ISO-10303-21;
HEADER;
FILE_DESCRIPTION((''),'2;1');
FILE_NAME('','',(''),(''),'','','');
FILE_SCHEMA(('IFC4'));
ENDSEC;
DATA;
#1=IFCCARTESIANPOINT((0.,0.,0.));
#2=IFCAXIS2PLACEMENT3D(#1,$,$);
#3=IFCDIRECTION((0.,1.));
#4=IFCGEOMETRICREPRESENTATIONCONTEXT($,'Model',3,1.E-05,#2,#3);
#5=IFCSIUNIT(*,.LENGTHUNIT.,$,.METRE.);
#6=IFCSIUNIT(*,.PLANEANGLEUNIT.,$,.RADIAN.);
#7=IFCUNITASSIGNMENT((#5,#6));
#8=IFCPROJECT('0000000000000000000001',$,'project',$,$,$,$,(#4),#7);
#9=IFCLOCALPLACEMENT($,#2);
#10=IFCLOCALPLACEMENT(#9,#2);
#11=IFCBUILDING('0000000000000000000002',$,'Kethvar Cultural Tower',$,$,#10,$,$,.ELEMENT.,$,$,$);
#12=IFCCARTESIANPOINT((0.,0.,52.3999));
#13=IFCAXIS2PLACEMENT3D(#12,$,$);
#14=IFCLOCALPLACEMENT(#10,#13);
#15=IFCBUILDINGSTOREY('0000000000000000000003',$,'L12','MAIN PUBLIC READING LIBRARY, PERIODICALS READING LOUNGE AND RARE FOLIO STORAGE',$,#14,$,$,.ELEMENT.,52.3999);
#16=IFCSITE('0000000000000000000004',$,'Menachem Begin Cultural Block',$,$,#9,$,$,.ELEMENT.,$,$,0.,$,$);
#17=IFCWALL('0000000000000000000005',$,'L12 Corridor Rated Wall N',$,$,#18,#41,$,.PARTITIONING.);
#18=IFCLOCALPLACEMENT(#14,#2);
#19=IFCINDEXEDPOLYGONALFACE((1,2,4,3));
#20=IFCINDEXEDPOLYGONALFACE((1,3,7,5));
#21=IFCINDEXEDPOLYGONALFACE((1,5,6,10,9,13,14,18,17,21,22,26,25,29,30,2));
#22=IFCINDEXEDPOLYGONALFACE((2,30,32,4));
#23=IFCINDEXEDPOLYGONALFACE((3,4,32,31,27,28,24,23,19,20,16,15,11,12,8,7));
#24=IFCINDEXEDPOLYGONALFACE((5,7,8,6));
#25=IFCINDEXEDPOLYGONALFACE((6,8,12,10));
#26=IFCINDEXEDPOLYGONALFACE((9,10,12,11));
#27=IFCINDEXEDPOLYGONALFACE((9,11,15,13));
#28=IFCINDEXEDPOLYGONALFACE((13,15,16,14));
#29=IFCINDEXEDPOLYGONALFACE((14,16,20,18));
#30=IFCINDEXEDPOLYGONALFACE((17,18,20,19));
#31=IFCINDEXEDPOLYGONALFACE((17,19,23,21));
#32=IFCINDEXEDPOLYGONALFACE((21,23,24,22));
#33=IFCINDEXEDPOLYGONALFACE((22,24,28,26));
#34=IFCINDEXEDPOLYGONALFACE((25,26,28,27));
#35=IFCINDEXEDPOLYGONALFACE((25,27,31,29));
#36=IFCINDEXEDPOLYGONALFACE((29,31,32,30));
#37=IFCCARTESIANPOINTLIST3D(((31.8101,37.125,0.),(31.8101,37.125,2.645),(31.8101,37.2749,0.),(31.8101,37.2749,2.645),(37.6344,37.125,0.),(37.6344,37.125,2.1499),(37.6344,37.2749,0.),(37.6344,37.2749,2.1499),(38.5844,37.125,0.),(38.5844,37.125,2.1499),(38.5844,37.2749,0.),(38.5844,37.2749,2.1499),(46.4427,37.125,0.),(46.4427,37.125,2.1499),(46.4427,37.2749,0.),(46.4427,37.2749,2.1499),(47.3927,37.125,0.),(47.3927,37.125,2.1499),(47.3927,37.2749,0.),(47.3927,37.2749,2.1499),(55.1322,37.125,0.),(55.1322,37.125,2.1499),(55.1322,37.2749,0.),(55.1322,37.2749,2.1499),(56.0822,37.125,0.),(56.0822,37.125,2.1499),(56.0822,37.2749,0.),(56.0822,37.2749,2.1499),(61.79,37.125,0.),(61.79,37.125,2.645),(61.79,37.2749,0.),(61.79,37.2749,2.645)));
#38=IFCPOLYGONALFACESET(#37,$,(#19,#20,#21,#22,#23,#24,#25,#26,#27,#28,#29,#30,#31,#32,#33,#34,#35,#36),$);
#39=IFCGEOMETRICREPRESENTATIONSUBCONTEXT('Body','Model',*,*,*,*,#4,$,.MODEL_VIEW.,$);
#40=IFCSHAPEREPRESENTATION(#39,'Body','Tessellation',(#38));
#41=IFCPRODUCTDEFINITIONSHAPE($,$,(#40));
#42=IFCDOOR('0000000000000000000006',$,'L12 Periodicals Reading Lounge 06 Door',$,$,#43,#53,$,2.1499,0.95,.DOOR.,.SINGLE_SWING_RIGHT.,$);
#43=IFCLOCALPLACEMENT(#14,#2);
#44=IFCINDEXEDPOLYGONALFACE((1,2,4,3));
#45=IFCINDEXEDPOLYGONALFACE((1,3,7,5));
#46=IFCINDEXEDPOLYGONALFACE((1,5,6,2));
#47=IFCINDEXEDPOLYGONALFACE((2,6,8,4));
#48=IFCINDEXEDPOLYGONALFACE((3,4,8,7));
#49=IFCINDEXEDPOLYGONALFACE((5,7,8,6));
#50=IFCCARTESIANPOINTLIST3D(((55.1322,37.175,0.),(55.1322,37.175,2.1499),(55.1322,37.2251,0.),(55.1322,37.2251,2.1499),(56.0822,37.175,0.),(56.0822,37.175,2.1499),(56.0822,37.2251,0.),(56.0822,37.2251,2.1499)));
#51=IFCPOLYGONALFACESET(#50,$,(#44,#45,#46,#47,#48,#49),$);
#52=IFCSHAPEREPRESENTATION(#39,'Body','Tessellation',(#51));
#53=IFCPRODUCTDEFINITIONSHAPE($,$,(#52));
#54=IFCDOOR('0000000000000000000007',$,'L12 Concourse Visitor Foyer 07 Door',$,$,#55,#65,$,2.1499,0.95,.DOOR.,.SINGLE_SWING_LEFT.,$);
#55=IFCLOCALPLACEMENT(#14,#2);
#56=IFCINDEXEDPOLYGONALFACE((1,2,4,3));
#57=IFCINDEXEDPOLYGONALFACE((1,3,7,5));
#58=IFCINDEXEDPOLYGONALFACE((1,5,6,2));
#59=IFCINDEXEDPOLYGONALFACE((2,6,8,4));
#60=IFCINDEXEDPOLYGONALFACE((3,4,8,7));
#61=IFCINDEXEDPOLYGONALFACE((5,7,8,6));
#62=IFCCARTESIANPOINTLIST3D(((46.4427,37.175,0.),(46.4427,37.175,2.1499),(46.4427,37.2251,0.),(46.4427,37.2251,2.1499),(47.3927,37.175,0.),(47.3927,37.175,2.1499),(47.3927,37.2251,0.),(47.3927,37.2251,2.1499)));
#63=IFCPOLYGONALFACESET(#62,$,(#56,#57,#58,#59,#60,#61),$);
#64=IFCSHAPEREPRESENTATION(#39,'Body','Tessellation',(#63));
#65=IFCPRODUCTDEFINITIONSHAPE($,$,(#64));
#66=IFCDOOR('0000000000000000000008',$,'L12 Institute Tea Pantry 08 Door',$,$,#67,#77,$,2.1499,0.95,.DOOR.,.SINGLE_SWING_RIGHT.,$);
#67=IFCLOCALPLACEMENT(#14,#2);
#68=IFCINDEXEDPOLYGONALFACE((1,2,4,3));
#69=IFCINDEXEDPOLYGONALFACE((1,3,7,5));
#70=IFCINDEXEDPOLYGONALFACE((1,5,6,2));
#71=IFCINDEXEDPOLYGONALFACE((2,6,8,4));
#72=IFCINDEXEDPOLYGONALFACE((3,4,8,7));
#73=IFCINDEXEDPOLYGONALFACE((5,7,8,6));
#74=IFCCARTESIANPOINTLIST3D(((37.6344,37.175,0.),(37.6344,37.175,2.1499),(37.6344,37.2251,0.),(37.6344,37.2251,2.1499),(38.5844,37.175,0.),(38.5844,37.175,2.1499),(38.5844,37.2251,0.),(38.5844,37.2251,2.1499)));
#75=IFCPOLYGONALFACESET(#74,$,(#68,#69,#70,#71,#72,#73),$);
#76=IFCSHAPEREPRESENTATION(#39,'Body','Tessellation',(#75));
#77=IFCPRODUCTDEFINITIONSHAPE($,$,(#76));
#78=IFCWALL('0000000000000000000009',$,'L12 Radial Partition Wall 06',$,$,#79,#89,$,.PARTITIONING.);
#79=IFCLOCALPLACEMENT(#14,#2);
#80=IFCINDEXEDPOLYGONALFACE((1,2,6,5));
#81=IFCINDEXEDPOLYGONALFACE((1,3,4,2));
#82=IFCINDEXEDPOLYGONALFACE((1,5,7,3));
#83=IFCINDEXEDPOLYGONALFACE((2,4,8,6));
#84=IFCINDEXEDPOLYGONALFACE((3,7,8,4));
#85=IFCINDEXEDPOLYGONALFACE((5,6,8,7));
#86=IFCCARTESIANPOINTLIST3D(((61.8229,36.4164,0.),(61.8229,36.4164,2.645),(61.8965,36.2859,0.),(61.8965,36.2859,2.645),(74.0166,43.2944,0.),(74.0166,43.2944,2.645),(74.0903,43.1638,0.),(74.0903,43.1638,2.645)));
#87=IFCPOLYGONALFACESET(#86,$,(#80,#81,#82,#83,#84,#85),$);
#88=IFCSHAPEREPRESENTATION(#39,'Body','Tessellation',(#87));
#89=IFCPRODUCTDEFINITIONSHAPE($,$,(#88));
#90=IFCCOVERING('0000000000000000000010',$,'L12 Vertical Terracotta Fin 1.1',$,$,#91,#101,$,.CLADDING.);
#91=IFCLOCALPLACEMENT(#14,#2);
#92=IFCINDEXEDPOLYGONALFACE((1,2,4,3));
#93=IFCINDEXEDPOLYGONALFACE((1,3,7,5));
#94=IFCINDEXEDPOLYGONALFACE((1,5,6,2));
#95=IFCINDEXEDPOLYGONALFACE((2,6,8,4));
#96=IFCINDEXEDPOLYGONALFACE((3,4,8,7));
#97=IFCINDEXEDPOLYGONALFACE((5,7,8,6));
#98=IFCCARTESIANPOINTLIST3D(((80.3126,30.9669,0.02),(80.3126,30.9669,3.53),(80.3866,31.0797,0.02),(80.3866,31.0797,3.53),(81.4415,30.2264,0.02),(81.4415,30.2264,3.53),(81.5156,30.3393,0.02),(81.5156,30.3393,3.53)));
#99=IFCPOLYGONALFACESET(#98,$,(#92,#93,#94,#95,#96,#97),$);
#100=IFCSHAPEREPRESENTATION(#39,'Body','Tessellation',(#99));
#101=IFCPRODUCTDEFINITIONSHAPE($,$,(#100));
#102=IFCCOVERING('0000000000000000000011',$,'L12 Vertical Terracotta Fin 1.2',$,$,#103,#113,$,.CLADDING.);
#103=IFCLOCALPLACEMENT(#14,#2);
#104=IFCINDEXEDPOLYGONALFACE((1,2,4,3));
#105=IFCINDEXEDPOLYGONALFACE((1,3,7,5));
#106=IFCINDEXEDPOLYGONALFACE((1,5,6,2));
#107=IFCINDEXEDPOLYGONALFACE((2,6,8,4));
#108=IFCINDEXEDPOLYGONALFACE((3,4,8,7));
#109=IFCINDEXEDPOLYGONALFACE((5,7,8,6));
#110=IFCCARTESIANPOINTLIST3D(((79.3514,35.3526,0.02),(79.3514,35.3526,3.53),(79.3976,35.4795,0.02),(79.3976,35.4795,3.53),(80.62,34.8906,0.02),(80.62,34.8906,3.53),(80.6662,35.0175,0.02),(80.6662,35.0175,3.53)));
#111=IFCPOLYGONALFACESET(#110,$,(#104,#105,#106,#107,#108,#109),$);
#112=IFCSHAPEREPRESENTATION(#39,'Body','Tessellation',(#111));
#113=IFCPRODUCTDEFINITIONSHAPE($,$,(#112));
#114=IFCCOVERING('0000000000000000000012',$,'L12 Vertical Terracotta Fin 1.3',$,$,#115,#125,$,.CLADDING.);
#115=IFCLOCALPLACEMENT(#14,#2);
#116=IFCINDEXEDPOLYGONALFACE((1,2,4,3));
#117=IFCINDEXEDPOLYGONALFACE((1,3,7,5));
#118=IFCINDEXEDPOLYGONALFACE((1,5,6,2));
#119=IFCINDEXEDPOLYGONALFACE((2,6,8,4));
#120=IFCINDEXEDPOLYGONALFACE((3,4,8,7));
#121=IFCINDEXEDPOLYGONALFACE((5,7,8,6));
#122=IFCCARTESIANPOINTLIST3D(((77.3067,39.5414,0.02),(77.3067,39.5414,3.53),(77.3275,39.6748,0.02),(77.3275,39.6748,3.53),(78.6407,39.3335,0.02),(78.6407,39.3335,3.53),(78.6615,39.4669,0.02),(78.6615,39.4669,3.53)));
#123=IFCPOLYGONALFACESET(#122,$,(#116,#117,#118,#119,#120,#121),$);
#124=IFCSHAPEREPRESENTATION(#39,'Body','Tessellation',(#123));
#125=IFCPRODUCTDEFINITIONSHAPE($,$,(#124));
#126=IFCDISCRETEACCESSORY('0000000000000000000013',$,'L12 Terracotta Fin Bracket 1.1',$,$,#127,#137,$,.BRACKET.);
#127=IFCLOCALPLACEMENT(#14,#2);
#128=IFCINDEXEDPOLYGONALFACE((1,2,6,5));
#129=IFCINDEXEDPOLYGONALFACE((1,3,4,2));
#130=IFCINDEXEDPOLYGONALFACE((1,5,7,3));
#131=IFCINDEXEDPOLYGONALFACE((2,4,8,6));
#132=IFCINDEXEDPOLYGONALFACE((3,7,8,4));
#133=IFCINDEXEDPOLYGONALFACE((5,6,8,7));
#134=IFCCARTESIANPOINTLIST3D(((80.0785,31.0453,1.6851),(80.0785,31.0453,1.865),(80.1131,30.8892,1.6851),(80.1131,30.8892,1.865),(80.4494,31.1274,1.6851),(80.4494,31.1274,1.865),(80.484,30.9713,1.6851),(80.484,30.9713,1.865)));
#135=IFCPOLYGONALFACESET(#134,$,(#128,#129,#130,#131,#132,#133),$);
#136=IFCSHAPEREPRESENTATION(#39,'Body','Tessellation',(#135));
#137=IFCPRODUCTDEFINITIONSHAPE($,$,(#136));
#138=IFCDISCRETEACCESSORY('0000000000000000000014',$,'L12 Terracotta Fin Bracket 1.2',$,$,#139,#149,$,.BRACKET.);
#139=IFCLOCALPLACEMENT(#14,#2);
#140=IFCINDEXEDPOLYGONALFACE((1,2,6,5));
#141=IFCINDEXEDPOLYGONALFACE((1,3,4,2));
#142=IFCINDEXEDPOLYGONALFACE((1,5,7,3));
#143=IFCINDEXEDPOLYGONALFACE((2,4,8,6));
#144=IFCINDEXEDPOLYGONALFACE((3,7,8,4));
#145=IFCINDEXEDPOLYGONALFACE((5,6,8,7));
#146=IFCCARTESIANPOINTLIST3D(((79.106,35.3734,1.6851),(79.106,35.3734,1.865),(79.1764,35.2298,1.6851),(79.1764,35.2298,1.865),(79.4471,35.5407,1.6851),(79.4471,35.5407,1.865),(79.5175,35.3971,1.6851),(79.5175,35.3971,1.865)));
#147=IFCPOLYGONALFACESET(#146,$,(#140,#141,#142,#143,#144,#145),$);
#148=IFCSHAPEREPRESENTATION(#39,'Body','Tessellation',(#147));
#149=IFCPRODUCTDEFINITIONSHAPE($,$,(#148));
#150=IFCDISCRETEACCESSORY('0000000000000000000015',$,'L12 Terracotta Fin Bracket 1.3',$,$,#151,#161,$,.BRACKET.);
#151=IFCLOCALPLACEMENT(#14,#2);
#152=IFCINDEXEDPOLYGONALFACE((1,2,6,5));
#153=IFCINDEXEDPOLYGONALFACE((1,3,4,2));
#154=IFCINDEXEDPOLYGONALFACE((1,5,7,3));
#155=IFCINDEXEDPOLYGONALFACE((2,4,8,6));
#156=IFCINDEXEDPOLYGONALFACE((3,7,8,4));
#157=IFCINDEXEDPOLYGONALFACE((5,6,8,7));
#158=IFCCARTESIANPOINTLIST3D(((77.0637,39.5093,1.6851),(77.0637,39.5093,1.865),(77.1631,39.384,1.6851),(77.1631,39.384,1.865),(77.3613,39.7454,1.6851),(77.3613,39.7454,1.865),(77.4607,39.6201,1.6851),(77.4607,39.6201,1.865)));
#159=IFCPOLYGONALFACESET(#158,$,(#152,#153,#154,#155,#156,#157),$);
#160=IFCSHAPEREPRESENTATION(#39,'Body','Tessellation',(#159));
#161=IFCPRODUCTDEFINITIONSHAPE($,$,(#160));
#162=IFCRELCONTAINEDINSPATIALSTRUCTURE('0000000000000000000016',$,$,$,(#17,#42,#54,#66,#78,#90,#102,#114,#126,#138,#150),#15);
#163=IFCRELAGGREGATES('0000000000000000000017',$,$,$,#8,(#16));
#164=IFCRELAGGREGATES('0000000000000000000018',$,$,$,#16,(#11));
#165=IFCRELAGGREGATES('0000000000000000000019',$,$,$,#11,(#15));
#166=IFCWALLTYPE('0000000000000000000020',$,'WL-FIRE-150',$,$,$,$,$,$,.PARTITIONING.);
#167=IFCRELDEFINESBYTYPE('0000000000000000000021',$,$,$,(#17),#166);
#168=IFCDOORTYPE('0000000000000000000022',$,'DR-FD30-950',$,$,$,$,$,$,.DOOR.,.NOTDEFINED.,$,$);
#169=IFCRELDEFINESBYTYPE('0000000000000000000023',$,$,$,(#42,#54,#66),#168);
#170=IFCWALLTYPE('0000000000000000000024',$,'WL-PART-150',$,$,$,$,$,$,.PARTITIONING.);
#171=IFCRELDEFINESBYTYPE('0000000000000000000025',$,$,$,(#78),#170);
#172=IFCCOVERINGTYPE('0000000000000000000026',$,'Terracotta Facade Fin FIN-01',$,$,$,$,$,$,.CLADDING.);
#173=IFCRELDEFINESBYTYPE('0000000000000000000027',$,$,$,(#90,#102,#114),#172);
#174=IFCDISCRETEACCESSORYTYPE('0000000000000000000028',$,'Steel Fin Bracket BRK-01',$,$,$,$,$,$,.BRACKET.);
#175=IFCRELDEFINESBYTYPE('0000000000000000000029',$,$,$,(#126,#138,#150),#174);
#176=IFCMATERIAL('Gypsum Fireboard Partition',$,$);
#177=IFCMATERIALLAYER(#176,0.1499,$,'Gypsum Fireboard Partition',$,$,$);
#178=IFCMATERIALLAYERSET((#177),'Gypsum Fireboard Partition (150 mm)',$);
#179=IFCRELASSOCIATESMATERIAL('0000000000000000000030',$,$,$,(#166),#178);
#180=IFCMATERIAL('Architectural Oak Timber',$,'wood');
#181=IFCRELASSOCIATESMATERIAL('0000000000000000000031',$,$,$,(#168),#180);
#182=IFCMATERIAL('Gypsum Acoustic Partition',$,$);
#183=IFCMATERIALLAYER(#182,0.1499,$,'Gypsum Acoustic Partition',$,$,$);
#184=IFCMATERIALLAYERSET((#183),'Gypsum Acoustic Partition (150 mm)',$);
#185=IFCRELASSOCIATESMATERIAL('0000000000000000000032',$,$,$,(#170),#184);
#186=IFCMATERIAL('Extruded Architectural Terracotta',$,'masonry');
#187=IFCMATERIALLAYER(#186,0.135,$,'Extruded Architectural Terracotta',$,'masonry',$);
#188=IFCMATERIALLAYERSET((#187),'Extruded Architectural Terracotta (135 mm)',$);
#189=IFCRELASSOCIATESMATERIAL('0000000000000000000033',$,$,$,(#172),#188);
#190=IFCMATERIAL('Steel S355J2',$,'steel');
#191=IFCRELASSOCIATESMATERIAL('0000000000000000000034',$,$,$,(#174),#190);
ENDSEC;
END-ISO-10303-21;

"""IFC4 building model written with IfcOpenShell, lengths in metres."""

from ifc_helpers import new_model, si_unit, direction, frame, frame_2d, origin, origin_2d, place, context, subcontext, project, spatial, rectangle, extrude, source, transform, mapped, material, layer, layer_set, type_object, element, fill, save


model = new_model("IFC4")

# Units and contexts
model_context = context("Model", 3, precision=1e-05, world=origin(), true_north=direction((0.0, 1.0)))
body_context = subcontext(model_context, "Body", "Model", "MODEL_VIEW")
ifc_project = project(units=[si_unit("LENGTHUNIT", "METRE"), si_unit("PLANEANGLEUNIT", "RADIAN")], contexts=[model_context])

# Site, building, storey
site_placement = place(None, origin())
site = spatial("IfcSite", under=ifc_project, at=site_placement, Name="Menachem Begin Cultural Block", CompositionType="ELEMENT", RefElevation=0.0)
building_placement = place(site_placement, origin())
building = spatial("IfcBuilding", under=site, at=building_placement, Name="Kethvar Cultural Tower", CompositionType="ELEMENT")
storey_placement = place(building_placement, frame((0.0, 0.0, 52.3999)))
storey = spatial("IfcBuildingStorey", under=building, at=storey_placement, Name="L12", Description="MAIN PUBLIC READING LIBRARY, PERIODICALS READING LOUNGE AND RARE FOLIO STORAGE", CompositionType="ELEMENT", Elevation=52.3999)

# Shared definitions
ifc_material_1 = material(Name="Steel S355J2", Category="steel")

# Wall, openings, doors
ifc_material_2 = material(Name="Gypsum Fireboard Partition")
ifc_layer_1 = layer(ifc_material_2, 0.1499, Name="Gypsum Fireboard Partition")
ifc_layer_set_1 = layer_set([ifc_layer_1], Name="Gypsum Fireboard Partition (150 mm)")
wall_type_1 = type_object("IfcWallType", Name="WL-FIRE-150", PredefinedType="PARTITIONING", material=ifc_layer_set_1)
wall_1_placement = place(storey_placement, frame((61.79, 37.2, 0.0), z_axis=(0.0, 0.0, 1.0), x_axis=(-1.0, 0.0, 0.0)))
wall_1 = element("IfcWall", 1, at=wall_1_placement, inside=storey, type_object=wall_type_1, Name="L12 Corridor Rated Wall N", PredefinedType="PARTITIONING", context=body_context, shape_type="SweptSolid", body=[
    extrude(rectangle(XDim=29.98, YDim=0.1499, at=frame_2d((14.99, 0.0))), origin(), (0.0, 0.0, 1.0), 2.645),
])
opening_1_placement = place(wall_1_placement, frame((5.7078, 0.0, 0.0)))
opening_1 = element("IfcOpeningElement", 2, at=opening_1_placement, cuts=wall_1, PredefinedType="OPENING", context=body_context, shape_type="SweptSolid", body=[
    extrude(rectangle(XDim=0.95, YDim=2.1499, at=frame_2d((0.4751, 1.075))), frame((0.0, 0.085, 0.0), z_axis=(0.0, -1.0, 0.0), x_axis=(1.0, 0.0, 0.0)), (0.0, 0.0, 1.0), 0.1699),
])
opening_2_placement = place(wall_1_placement, frame((14.3972, 0.0, 0.0)))
opening_2 = element("IfcOpeningElement", 3, at=opening_2_placement, cuts=wall_1, PredefinedType="OPENING", context=body_context, shape_type="SweptSolid", body=[
    extrude(rectangle(XDim=0.95, YDim=2.1499, at=frame_2d((0.4751, 1.075))), frame((0.0, 0.085, 0.0), z_axis=(0.0, -1.0, 0.0), x_axis=(1.0, 0.0, 0.0)), (0.0, 0.0, 1.0), 0.1699),
])
opening_3_placement = place(wall_1_placement, frame((23.2056, 0.0, 0.0)))
opening_3 = element("IfcOpeningElement", 4, at=opening_3_placement, cuts=wall_1, PredefinedType="OPENING", context=body_context, shape_type="SweptSolid", body=[
    extrude(rectangle(XDim=0.95, YDim=2.1499, at=frame_2d((0.4751, 1.075))), frame((0.0, 0.085, 0.0), z_axis=(0.0, -1.0, 0.0), x_axis=(1.0, 0.0, 0.0)), (0.0, 0.0, 1.0), 0.1699),
])
ifc_material_3 = material(Name="Architectural Oak Timber", Category="wood")
door_type = type_object("IfcDoorType", Name="DR-FD30-950", OperationType="NOTDEFINED", PredefinedType="DOOR", material=ifc_material_3)
shared_shape_1 = source(origin(), body_context, "Body", "SweptSolid", [
    extrude(rectangle(XDim=0.95, YDim=2.1499, at=frame_2d((0.4751, 1.075))), frame((0.0, 0.0249, 0.0), z_axis=(0.0, -1.0, 0.0), x_axis=(1.0, 0.0, 0.0)), (0.0, 0.0, 1.0), 0.05),
])
door_1_placement = place(opening_1_placement, origin())
door_1 = element("IfcDoor", 5, at=door_1_placement, inside=storey, type_object=door_type, Name="L12 Periodicals Reading Lounge 06 Door", OperationType="SINGLE_SWING_RIGHT", OverallHeight=2.1499, OverallWidth=0.95, PredefinedType="DOOR", context=body_context, shape_type="MappedRepresentation", body=[
    mapped(shared_shape_1, transform((0.0, 0.0, 0.0), scale=1.0)),
])
fill(opening_1, door_1)
door_2_placement = place(opening_2_placement, origin())
door_2 = element("IfcDoor", 6, at=door_2_placement, inside=storey, type_object=door_type, Name="L12 Concourse Visitor Foyer 07 Door", OperationType="SINGLE_SWING_LEFT", OverallHeight=2.1499, OverallWidth=0.95, PredefinedType="DOOR", context=body_context, shape_type="MappedRepresentation", body=[
    mapped(shared_shape_1, transform((0.0, 0.0, 0.0), scale=1.0)),
])
fill(opening_2, door_2)
door_3_placement = place(opening_3_placement, origin())
door_3 = element("IfcDoor", 7, at=door_3_placement, inside=storey, type_object=door_type, Name="L12 Institute Tea Pantry 08 Door", OperationType="SINGLE_SWING_RIGHT", OverallHeight=2.1499, OverallWidth=0.95, PredefinedType="DOOR", context=body_context, shape_type="MappedRepresentation", body=[
    mapped(shared_shape_1, transform((0.0, 0.0, 0.0), scale=1.0)),
])
fill(opening_3, door_3)

# Wall
ifc_material_4 = material(Name="Gypsum Acoustic Partition")
ifc_layer_2 = layer(ifc_material_4, 0.1499, Name="Gypsum Acoustic Partition")
ifc_layer_set_2 = layer_set([ifc_layer_2], Name="Gypsum Acoustic Partition (150 mm)")
wall_type_2 = type_object("IfcWallType", Name="WL-PART-150", PredefinedType="PARTITIONING", material=ifc_layer_set_2)
wall_2_placement = place(storey_placement, frame((61.8596, 36.3511, 0.0), z_axis=(0.0, 0.0, 1.0), x_axis=(0.870994, 0.491293, 0.0)))
element("IfcWall", 8, at=wall_2_placement, inside=storey, type_object=wall_type_2, Name="L12 Radial Partition Wall 06", PredefinedType="PARTITIONING", context=body_context, shape_type="SweptSolid", body=[
    extrude(rectangle(XDim=13.9998, YDim=0.1499, at=frame_2d((7.0, 0.0))), origin(), (0.0, 0.0, 1.0), 2.645),
])

# Coverings
ifc_material_5 = material(Name="Extruded Architectural Terracotta", Category="masonry")
ifc_layer_3 = layer(ifc_material_5, 0.135, Name="Extruded Architectural Terracotta", Category="masonry")
ifc_layer_set_3 = layer_set([ifc_layer_3], Name="Extruded Architectural Terracotta (135 mm)")
covering_type = type_object("IfcCoveringType", Name="Terracotta Facade Fin FIN-01", PredefinedType="CLADDING", material=ifc_layer_set_3)
shared_shape_2 = source(origin(), body_context, "Body", "SweptSolid", [
    extrude(rectangle(XDim=1.3501, YDim=0.135, at=origin_2d()), origin(), (0.0, 0.0, 1.0), 3.51),
])
for number, where, z_axis, x_axis, name in (
    (9, (80.9141, 30.6531, 0.02), (0.0, 0.0, 1.0), (0.83619, -0.548439, 0.0), "L12 Vertical Terracotta Fin 1.1"),
    (10, (80.0088, 35.1851, 0.02), (0.0, 0.0, 1.0), (0.939633, -0.342184, 0.0), "L12 Vertical Terracotta Fin 1.2"),
    (11, (77.9841, 39.5042, 0.02), (0.0, 0.0, 1.0), (0.988068, -0.154021, 0.0), "L12 Vertical Terracotta Fin 1.3"),
):
    element("IfcCovering", number, at=place(storey_placement, frame(where, z_axis=z_axis, x_axis=x_axis)), inside=storey, type_object=covering_type, Name=name, PredefinedType="CLADDING", context=body_context, shape_type="MappedRepresentation", body=[
        mapped(shared_shape_2, transform((0.0, 0.0, 0.0), scale=1.0)),
    ])

# Discrete accessories
discrete_accessory_type = type_object("IfcDiscreteAccessoryType", Name="Steel Fin Bracket BRK-01", PredefinedType="BRACKET", material=ifc_material_1)
shared_shape_3 = source(origin(), body_context, "Body", "SweptSolid", [
    extrude(rectangle(XDim=0.3799, YDim=0.1599, at=origin_2d()), origin(), (0.0, 0.0, 1.0), 0.1799),
])
for number, where, z_axis, x_axis, name in (
    (12, (80.2812, 31.0083, 1.6851), (0.0, 0.0, 1.0), (0.976334, 0.216269, 0.0), "L12 Terracotta Fin Bracket 1.1"),
    (13, (79.3118, 35.3853, 1.6851), (0.0, 0.0, 1.0), (0.897874, 0.440253, 0.0), "L12 Terracotta Fin Bracket 1.2"),
    (14, (77.2622, 39.5647, 1.6851), (0.0, 0.0, 1.0), (0.783368, 0.621558, 0.0), "L12 Terracotta Fin Bracket 1.3"),
):
    element("IfcDiscreteAccessory", number, at=place(storey_placement, frame(where, z_axis=z_axis, x_axis=x_axis)), inside=storey, type_object=discrete_accessory_type, Name=name, PredefinedType="BRACKET", context=body_context, shape_type="MappedRepresentation", body=[
        mapped(shared_shape_3, transform((0.0, 0.0, 0.0), scale=1.0)),
    ])

save(model, "model.ifc")
